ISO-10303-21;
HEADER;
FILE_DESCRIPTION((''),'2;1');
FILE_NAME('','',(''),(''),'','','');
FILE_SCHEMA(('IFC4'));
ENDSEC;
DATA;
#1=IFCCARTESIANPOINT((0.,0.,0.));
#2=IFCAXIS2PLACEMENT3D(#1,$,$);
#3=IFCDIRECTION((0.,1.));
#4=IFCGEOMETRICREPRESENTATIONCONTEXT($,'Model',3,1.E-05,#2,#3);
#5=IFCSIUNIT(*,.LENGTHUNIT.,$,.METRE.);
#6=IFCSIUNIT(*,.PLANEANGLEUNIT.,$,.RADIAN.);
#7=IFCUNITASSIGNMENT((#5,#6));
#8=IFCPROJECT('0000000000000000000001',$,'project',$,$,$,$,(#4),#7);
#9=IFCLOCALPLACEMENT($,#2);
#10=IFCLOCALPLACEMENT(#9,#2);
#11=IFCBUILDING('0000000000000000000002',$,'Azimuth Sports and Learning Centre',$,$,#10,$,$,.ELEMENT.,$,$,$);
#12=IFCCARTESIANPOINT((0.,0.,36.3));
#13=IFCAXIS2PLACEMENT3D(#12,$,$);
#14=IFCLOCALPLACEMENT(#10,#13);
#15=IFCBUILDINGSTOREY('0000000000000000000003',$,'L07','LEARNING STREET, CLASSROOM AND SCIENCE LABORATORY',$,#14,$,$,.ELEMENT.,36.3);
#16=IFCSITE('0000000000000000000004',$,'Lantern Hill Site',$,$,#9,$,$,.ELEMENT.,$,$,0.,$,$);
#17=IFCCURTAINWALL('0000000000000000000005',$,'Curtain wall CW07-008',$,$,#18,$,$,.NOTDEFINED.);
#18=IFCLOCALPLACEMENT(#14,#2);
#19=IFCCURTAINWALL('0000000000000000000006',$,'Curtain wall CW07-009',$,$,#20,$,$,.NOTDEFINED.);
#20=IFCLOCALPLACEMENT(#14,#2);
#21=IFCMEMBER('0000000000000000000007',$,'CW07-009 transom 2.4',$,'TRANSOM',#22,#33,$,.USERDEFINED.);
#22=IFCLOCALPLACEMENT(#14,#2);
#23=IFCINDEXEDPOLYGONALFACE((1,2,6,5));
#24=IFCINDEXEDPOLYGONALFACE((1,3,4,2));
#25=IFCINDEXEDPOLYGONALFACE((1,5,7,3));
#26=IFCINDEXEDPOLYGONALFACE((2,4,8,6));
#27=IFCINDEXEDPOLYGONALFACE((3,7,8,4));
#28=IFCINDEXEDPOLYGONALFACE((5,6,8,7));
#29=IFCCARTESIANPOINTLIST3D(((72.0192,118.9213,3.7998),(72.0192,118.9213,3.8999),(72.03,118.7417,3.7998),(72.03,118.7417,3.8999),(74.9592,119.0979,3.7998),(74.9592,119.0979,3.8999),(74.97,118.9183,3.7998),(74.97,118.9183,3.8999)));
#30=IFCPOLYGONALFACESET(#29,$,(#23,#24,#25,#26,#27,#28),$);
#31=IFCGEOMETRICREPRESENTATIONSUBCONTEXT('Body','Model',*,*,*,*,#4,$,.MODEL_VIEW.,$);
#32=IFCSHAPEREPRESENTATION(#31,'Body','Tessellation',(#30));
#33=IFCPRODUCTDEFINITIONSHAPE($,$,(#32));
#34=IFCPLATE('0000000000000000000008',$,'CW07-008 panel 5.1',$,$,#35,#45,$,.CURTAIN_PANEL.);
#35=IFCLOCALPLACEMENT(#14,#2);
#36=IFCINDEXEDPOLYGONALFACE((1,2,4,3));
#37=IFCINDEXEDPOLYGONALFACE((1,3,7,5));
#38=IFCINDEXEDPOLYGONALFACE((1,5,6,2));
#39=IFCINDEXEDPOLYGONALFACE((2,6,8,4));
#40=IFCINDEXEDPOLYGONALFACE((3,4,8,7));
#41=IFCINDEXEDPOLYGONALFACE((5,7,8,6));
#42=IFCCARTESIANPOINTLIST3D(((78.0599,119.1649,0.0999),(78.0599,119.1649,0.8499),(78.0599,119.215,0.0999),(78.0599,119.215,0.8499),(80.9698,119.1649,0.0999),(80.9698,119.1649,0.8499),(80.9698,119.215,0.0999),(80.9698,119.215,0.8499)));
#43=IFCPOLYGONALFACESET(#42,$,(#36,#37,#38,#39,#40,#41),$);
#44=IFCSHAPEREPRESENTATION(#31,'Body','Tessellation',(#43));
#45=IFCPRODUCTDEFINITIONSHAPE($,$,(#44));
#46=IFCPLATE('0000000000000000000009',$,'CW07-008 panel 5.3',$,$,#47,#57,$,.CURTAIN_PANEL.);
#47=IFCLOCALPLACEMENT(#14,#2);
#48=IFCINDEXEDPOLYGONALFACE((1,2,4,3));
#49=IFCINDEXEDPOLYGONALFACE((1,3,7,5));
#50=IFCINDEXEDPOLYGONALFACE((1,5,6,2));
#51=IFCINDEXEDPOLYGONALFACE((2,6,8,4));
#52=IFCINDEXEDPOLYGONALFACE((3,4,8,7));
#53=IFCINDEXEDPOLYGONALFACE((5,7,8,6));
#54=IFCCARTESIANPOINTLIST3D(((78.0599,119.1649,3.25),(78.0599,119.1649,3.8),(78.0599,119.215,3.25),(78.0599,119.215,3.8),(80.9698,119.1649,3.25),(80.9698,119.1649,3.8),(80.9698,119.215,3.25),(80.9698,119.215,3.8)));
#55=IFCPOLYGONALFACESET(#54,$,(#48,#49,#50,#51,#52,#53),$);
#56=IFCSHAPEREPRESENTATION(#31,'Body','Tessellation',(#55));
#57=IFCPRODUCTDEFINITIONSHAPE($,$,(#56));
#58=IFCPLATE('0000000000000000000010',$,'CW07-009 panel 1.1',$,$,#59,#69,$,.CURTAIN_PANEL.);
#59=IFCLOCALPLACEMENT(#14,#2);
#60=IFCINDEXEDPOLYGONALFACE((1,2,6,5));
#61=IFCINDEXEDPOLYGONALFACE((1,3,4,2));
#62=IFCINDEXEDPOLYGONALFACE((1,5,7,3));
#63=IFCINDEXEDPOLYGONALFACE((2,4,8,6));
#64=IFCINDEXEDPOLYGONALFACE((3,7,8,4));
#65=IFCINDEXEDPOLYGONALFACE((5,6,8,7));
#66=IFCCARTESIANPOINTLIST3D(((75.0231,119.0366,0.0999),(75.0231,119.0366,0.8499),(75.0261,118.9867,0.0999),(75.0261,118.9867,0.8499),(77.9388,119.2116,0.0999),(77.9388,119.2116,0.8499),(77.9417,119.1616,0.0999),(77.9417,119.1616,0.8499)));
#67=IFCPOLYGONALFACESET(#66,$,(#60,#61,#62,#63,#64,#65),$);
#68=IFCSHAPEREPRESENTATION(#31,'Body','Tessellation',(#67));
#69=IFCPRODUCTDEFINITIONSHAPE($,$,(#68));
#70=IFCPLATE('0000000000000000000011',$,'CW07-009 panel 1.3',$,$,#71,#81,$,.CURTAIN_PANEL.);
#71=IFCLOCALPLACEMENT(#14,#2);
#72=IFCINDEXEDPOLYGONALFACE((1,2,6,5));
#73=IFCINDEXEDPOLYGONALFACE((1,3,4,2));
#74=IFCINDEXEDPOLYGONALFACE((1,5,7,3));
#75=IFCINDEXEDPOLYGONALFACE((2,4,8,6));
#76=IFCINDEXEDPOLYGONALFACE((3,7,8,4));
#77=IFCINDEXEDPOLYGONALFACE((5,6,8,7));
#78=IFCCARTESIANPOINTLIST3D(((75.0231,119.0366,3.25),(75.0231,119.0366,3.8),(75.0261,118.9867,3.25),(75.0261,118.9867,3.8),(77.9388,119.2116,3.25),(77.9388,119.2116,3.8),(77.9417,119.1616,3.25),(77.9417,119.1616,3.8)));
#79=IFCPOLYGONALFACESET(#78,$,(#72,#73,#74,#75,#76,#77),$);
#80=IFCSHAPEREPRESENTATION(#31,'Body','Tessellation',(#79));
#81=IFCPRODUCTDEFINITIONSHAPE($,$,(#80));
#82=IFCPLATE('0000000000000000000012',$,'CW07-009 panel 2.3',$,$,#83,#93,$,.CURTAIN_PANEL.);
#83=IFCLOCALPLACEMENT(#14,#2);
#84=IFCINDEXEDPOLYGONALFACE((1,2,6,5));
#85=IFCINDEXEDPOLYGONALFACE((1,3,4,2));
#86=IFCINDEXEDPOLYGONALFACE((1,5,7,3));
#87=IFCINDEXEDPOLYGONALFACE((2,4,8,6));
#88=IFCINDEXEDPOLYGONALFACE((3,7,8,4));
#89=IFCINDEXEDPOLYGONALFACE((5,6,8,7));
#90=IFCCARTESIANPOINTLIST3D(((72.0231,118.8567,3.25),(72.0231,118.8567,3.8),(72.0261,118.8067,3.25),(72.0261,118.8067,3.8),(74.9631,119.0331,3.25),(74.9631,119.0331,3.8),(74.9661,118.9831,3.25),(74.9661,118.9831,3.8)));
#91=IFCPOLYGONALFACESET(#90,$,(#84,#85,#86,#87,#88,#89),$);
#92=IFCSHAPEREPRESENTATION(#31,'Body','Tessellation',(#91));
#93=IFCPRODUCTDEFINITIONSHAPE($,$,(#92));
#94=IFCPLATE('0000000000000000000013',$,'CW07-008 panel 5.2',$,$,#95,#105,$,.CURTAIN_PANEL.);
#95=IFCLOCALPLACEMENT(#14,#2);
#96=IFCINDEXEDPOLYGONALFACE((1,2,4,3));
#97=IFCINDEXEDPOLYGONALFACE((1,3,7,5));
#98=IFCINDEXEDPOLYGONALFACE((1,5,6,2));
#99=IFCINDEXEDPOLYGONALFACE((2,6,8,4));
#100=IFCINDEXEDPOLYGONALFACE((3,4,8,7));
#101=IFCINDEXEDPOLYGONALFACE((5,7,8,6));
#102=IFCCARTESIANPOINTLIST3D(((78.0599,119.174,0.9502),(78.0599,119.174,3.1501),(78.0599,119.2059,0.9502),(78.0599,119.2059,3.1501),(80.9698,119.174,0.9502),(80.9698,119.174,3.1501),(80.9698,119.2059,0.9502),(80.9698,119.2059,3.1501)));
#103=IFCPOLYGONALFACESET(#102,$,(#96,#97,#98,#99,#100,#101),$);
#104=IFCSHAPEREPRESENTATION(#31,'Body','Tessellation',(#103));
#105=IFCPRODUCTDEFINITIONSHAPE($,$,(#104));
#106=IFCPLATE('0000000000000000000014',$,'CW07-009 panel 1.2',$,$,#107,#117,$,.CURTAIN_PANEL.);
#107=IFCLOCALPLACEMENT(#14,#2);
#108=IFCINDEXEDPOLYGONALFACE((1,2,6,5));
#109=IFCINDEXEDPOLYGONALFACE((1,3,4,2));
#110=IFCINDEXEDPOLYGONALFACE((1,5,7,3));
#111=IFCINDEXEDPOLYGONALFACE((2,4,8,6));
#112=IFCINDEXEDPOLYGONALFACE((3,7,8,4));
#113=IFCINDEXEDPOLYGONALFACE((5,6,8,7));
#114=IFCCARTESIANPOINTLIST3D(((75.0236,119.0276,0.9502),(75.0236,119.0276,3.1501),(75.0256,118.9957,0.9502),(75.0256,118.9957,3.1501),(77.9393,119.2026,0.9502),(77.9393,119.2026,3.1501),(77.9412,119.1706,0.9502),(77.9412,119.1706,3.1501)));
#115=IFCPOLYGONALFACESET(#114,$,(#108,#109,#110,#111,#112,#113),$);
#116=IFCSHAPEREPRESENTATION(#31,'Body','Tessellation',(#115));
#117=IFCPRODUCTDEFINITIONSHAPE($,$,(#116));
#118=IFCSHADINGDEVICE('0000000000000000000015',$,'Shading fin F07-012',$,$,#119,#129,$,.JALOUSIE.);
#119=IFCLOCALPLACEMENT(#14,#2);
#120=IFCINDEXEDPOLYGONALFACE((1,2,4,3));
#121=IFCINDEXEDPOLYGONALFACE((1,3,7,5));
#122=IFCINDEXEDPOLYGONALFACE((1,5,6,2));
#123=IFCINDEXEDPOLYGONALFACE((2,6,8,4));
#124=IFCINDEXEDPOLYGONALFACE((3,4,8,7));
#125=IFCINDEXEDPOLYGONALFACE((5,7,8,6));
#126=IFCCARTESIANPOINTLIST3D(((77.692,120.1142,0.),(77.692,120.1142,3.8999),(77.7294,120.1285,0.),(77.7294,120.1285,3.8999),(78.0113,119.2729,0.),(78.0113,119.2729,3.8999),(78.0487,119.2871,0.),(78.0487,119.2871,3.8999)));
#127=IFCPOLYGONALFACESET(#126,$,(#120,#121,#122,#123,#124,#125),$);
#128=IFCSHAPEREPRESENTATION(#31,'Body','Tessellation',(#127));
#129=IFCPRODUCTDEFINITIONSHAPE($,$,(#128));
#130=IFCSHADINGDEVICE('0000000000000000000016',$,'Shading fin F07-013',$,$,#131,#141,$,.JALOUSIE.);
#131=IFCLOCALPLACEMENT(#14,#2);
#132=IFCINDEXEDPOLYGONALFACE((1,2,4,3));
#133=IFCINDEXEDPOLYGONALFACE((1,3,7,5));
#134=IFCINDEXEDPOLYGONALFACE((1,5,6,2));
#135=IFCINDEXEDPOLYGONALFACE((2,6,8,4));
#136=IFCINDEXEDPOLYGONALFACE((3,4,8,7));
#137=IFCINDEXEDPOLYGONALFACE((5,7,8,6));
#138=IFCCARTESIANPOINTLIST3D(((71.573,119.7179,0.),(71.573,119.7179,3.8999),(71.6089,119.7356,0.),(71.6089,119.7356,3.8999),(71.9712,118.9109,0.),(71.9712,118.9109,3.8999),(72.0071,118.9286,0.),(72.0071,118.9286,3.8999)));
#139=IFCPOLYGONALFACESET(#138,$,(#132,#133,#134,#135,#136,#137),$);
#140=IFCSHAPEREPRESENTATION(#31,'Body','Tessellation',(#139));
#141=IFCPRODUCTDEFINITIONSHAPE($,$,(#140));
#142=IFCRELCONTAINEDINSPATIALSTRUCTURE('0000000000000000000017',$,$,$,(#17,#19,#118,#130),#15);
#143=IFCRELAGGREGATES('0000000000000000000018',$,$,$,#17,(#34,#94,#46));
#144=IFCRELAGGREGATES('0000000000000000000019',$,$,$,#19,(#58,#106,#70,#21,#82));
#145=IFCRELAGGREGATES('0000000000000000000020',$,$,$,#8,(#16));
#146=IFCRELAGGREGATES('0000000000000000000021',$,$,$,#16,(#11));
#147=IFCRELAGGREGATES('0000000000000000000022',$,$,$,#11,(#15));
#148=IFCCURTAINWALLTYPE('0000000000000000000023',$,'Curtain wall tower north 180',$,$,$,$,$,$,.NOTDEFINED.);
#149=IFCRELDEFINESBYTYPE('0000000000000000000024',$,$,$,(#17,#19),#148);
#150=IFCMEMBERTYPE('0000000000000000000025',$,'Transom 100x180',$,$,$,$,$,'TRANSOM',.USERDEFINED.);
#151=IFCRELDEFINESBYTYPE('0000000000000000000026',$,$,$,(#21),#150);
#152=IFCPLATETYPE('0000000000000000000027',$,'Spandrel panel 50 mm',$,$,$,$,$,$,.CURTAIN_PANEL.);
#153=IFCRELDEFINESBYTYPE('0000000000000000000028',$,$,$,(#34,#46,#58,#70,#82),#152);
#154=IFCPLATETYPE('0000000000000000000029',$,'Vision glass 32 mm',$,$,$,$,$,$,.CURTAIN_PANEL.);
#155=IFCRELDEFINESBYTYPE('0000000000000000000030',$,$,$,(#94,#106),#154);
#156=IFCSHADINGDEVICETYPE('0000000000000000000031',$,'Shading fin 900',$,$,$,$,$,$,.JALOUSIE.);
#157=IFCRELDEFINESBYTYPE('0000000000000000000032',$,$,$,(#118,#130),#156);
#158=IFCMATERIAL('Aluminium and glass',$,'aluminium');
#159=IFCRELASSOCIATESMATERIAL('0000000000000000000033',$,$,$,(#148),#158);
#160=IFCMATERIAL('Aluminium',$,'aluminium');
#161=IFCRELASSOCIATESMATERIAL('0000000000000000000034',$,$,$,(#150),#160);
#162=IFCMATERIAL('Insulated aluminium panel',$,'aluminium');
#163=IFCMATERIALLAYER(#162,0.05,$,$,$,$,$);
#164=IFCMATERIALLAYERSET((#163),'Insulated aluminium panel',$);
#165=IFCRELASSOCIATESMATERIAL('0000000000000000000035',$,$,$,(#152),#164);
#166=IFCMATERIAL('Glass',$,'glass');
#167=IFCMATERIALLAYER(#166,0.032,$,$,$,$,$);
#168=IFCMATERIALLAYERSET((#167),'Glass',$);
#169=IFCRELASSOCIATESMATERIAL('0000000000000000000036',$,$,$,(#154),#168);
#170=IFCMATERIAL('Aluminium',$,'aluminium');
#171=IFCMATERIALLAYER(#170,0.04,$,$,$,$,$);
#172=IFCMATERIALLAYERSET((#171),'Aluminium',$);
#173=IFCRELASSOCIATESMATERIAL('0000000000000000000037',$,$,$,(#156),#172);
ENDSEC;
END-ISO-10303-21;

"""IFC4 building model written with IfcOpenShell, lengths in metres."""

from ifc_helpers import new_model, si_unit, direction, frame, origin, origin_2d, place, context, subcontext, project, spatial, rectangle, extrude, material, layer, layer_set, material_profile, profile_set, type_object, element, aggregate, save


model = new_model("IFC4")

# Units and contexts
model_context = context("Model", 3, precision=1e-05, world=origin(), true_north=direction((0.0, 1.0)))
body_context = subcontext(model_context, "Body", "Model", "MODEL_VIEW")
ifc_project = project(units=[si_unit("LENGTHUNIT", "METRE"), si_unit("PLANEANGLEUNIT", "RADIAN")], contexts=[model_context])

# Site, building, storey
site_placement = place(None, origin())
site = spatial("IfcSite", under=ifc_project, at=site_placement, Name="Lantern Hill Site", CompositionType="ELEMENT", RefElevation=0.0)
building_placement = place(site_placement, origin())
building = spatial("IfcBuilding", under=site, at=building_placement, Name="Azimuth Sports and Learning Centre", CompositionType="ELEMENT")
storey_placement = place(building_placement, frame((0.0, 0.0, 36.3)))
storey = spatial("IfcBuildingStorey", under=building, at=storey_placement, Name="L07", Description="LEARNING STREET, CLASSROOM AND SCIENCE LABORATORY", CompositionType="ELEMENT", Elevation=36.3)

# Curtain wall
ifc_material_1 = material(Name="Aluminium and glass", Category="aluminium")
curtain_wall_type = type_object("IfcCurtainWallType", Name="Curtain wall tower north 180", PredefinedType="NOTDEFINED", material=ifc_material_1)
curtain_wall_1_placement = place(storey_placement, origin())
curtain_wall_1 = element("IfcCurtainWall", 1, at=curtain_wall_1_placement, inside=storey, type_object=curtain_wall_type, Name="Curtain wall CW07-008", PredefinedType="NOTDEFINED")

# Curtain wall, member
curtain_wall_2_placement = place(storey_placement, origin())
curtain_wall_2 = element("IfcCurtainWall", 2, at=curtain_wall_2_placement, inside=storey, type_object=curtain_wall_type, Name="Curtain wall CW07-009", PredefinedType="NOTDEFINED")
ifc_material_2 = material(Name="Aluminium", Category="aluminium")
ifc_material_profile_1 = material_profile(ifc_material_2, rectangle(XDim=0.1799, YDim=0.1001, at=origin_2d()), Name="Transom 100x180")
ifc_profile_set_1 = profile_set([ifc_material_profile_1], Name="Aluminium")
member_type_1 = type_object("IfcMemberType", Name="Transom 100x180", ElementType="TRANSOM", PredefinedType="USERDEFINED", material=ifc_profile_set_1)
member_1_placement = place(storey_placement, frame((74.9646, 119.0081, 3.8499), z_axis=(-0.998202, -0.059932, 0.0), x_axis=(0.059932, -0.998202, 0.0)))
member_1 = element("IfcMember", 3, at=member_1_placement, type_object=member_type_1, Name="CW07-009 transom 2.4", ObjectType="TRANSOM", PredefinedType="USERDEFINED", context=body_context, shape_type="SweptSolid", body=[
    extrude(rectangle(XDim=0.1799, YDim=0.1001, at=origin_2d()), origin(), (0.0, 0.0, 1.0), 2.9453),
])

# Plates
ifc_material_3 = material(Name="Insulated aluminium panel", Category="aluminium")
ifc_layer_1 = layer(ifc_material_3, 0.05)
ifc_layer_set_1 = layer_set([ifc_layer_1], Name="Insulated aluminium panel")
plate_type_1 = type_object("IfcPlateType", Name="Spandrel panel 50 mm", PredefinedType="CURTAIN_PANEL", material=ifc_layer_set_1)
plate_1_placement = place(storey_placement, frame((79.5149, 119.1899, 0.0999), z_axis=(0.0, 0.0, 1.0), x_axis=(-1.0, 0.0, 0.0)))
plate_1 = element("IfcPlate", 4, at=plate_1_placement, type_object=plate_type_1, Name="CW07-008 panel 5.1", PredefinedType="CURTAIN_PANEL", context=body_context, shape_type="SweptSolid", body=[
    extrude(rectangle(XDim=2.9099, YDim=0.05, at=origin_2d()), origin(), (0.0, 0.0, 1.0), 0.75),
])
plate_2_placement = place(storey_placement, frame((79.5149, 119.1899, 3.25), z_axis=(0.0, 0.0, 1.0), x_axis=(-1.0, 0.0, 0.0)))
plate_2 = element("IfcPlate", 5, at=plate_2_placement, type_object=plate_type_1, Name="CW07-008 panel 5.3", PredefinedType="CURTAIN_PANEL", context=body_context, shape_type="SweptSolid", body=[
    extrude(rectangle(XDim=2.9099, YDim=0.05, at=origin_2d()), origin(), (0.0, 0.0, 1.0), 0.55),
])
plate_3_placement = place(storey_placement, frame((76.4824, 119.0991, 0.0999), z_axis=(0.0, 0.0, 1.0), x_axis=(-0.998205, -0.059892, 0.0)))
plate_3 = element("IfcPlate", 6, at=plate_3_placement, type_object=plate_type_1, Name="CW07-009 panel 1.1", PredefinedType="CURTAIN_PANEL", context=body_context, shape_type="SweptSolid", body=[
    extrude(rectangle(XDim=2.9209, YDim=0.05, at=origin_2d()), origin(), (0.0, 0.0, 1.0), 0.75),
])
plate_4_placement = place(storey_placement, frame((76.4824, 119.0991, 3.25), z_axis=(0.0, 0.0, 1.0), x_axis=(-0.998205, -0.059892, 0.0)))
plate_4 = element("IfcPlate", 7, at=plate_4_placement, type_object=plate_type_1, Name="CW07-009 panel 1.3", PredefinedType="CURTAIN_PANEL", context=body_context, shape_type="SweptSolid", body=[
    extrude(rectangle(XDim=2.9209, YDim=0.05, at=origin_2d()), origin(), (0.0, 0.0, 1.0), 0.55),
])
plate_5_placement = place(storey_placement, frame((73.4946, 118.9199, 3.25), z_axis=(0.0, 0.0, 1.0), x_axis=(-0.998205, -0.059892, 0.0)))
plate_5 = element("IfcPlate", 8, at=plate_5_placement, type_object=plate_type_1, Name="CW07-009 panel 2.3", PredefinedType="CURTAIN_PANEL", context=body_context, shape_type="SweptSolid", body=[
    extrude(rectangle(XDim=2.9453, YDim=0.05, at=origin_2d()), origin(), (0.0, 0.0, 1.0), 0.55),
])
ifc_material_4 = material(Name="Glass", Category="glass")
ifc_layer_2 = layer(ifc_material_4, 0.032)
ifc_layer_set_2 = layer_set([ifc_layer_2], Name="Glass")
plate_type_2 = type_object("IfcPlateType", Name="Vision glass 32 mm", PredefinedType="CURTAIN_PANEL", material=ifc_layer_set_2)
plate_6_placement = place(storey_placement, frame((79.5149, 119.1899, 0.9502), z_axis=(0.0, 0.0, 1.0), x_axis=(-1.0, 0.0, 0.0)))
plate_6 = element("IfcPlate", 9, at=plate_6_placement, type_object=plate_type_2, Name="CW07-008 panel 5.2", PredefinedType="CURTAIN_PANEL", context=body_context, shape_type="SweptSolid", body=[
    extrude(rectangle(XDim=2.9099, YDim=0.032, at=origin_2d()), origin(), (0.0, 0.0, 1.0), 2.2),
])
aggregate(curtain_wall_1, [plate_1, plate_6, plate_2])
plate_7_placement = place(storey_placement, frame((76.4824, 119.0991, 0.9502), z_axis=(0.0, 0.0, 1.0), x_axis=(-0.998205, -0.059892, 0.0)))
plate_7 = element("IfcPlate", 10, at=plate_7_placement, type_object=plate_type_2, Name="CW07-009 panel 1.2", PredefinedType="CURTAIN_PANEL", context=body_context, shape_type="SweptSolid", body=[
    extrude(rectangle(XDim=2.9209, YDim=0.032, at=origin_2d()), origin(), (0.0, 0.0, 1.0), 2.2),
])
aggregate(curtain_wall_2, [plate_3, plate_7, plate_4, member_1, plate_5])

# Shading devices
ifc_material_5 = material(Name="Aluminium", Category="aluminium")
ifc_layer_3 = layer(ifc_material_5, 0.04)
ifc_layer_set_3 = layer_set([ifc_layer_3], Name="Aluminium")
shading_device_type = type_object("IfcShadingDeviceType", Name="Shading fin 900", PredefinedType="JALOUSIE", material=ifc_layer_set_3)
for number, where, z_axis, x_axis, name in (
    (11, (77.8704, 119.7007, 0.0), (0.0, 0.0, 1.0), (-0.354856, 0.934921, 0.0), "Shading fin F07-012"),
    (12, (71.79, 119.3232, 0.0), (0.0, 0.0, 1.0), (-0.442429, 0.896803, 0.0), "Shading fin F07-013"),
):
    element("IfcShadingDevice", number, at=place(storey_placement, frame(where, z_axis=z_axis, x_axis=x_axis)), inside=storey, type_object=shading_device_type, Name=name, PredefinedType="JALOUSIE", context=body_context, shape_type="SweptSolid", body=[
        extrude(rectangle(XDim=0.8999, YDim=0.04, at=origin_2d()), origin(), (0.0, 0.0, 1.0), 3.8999),
    ])

save(model, "model.ifc")
